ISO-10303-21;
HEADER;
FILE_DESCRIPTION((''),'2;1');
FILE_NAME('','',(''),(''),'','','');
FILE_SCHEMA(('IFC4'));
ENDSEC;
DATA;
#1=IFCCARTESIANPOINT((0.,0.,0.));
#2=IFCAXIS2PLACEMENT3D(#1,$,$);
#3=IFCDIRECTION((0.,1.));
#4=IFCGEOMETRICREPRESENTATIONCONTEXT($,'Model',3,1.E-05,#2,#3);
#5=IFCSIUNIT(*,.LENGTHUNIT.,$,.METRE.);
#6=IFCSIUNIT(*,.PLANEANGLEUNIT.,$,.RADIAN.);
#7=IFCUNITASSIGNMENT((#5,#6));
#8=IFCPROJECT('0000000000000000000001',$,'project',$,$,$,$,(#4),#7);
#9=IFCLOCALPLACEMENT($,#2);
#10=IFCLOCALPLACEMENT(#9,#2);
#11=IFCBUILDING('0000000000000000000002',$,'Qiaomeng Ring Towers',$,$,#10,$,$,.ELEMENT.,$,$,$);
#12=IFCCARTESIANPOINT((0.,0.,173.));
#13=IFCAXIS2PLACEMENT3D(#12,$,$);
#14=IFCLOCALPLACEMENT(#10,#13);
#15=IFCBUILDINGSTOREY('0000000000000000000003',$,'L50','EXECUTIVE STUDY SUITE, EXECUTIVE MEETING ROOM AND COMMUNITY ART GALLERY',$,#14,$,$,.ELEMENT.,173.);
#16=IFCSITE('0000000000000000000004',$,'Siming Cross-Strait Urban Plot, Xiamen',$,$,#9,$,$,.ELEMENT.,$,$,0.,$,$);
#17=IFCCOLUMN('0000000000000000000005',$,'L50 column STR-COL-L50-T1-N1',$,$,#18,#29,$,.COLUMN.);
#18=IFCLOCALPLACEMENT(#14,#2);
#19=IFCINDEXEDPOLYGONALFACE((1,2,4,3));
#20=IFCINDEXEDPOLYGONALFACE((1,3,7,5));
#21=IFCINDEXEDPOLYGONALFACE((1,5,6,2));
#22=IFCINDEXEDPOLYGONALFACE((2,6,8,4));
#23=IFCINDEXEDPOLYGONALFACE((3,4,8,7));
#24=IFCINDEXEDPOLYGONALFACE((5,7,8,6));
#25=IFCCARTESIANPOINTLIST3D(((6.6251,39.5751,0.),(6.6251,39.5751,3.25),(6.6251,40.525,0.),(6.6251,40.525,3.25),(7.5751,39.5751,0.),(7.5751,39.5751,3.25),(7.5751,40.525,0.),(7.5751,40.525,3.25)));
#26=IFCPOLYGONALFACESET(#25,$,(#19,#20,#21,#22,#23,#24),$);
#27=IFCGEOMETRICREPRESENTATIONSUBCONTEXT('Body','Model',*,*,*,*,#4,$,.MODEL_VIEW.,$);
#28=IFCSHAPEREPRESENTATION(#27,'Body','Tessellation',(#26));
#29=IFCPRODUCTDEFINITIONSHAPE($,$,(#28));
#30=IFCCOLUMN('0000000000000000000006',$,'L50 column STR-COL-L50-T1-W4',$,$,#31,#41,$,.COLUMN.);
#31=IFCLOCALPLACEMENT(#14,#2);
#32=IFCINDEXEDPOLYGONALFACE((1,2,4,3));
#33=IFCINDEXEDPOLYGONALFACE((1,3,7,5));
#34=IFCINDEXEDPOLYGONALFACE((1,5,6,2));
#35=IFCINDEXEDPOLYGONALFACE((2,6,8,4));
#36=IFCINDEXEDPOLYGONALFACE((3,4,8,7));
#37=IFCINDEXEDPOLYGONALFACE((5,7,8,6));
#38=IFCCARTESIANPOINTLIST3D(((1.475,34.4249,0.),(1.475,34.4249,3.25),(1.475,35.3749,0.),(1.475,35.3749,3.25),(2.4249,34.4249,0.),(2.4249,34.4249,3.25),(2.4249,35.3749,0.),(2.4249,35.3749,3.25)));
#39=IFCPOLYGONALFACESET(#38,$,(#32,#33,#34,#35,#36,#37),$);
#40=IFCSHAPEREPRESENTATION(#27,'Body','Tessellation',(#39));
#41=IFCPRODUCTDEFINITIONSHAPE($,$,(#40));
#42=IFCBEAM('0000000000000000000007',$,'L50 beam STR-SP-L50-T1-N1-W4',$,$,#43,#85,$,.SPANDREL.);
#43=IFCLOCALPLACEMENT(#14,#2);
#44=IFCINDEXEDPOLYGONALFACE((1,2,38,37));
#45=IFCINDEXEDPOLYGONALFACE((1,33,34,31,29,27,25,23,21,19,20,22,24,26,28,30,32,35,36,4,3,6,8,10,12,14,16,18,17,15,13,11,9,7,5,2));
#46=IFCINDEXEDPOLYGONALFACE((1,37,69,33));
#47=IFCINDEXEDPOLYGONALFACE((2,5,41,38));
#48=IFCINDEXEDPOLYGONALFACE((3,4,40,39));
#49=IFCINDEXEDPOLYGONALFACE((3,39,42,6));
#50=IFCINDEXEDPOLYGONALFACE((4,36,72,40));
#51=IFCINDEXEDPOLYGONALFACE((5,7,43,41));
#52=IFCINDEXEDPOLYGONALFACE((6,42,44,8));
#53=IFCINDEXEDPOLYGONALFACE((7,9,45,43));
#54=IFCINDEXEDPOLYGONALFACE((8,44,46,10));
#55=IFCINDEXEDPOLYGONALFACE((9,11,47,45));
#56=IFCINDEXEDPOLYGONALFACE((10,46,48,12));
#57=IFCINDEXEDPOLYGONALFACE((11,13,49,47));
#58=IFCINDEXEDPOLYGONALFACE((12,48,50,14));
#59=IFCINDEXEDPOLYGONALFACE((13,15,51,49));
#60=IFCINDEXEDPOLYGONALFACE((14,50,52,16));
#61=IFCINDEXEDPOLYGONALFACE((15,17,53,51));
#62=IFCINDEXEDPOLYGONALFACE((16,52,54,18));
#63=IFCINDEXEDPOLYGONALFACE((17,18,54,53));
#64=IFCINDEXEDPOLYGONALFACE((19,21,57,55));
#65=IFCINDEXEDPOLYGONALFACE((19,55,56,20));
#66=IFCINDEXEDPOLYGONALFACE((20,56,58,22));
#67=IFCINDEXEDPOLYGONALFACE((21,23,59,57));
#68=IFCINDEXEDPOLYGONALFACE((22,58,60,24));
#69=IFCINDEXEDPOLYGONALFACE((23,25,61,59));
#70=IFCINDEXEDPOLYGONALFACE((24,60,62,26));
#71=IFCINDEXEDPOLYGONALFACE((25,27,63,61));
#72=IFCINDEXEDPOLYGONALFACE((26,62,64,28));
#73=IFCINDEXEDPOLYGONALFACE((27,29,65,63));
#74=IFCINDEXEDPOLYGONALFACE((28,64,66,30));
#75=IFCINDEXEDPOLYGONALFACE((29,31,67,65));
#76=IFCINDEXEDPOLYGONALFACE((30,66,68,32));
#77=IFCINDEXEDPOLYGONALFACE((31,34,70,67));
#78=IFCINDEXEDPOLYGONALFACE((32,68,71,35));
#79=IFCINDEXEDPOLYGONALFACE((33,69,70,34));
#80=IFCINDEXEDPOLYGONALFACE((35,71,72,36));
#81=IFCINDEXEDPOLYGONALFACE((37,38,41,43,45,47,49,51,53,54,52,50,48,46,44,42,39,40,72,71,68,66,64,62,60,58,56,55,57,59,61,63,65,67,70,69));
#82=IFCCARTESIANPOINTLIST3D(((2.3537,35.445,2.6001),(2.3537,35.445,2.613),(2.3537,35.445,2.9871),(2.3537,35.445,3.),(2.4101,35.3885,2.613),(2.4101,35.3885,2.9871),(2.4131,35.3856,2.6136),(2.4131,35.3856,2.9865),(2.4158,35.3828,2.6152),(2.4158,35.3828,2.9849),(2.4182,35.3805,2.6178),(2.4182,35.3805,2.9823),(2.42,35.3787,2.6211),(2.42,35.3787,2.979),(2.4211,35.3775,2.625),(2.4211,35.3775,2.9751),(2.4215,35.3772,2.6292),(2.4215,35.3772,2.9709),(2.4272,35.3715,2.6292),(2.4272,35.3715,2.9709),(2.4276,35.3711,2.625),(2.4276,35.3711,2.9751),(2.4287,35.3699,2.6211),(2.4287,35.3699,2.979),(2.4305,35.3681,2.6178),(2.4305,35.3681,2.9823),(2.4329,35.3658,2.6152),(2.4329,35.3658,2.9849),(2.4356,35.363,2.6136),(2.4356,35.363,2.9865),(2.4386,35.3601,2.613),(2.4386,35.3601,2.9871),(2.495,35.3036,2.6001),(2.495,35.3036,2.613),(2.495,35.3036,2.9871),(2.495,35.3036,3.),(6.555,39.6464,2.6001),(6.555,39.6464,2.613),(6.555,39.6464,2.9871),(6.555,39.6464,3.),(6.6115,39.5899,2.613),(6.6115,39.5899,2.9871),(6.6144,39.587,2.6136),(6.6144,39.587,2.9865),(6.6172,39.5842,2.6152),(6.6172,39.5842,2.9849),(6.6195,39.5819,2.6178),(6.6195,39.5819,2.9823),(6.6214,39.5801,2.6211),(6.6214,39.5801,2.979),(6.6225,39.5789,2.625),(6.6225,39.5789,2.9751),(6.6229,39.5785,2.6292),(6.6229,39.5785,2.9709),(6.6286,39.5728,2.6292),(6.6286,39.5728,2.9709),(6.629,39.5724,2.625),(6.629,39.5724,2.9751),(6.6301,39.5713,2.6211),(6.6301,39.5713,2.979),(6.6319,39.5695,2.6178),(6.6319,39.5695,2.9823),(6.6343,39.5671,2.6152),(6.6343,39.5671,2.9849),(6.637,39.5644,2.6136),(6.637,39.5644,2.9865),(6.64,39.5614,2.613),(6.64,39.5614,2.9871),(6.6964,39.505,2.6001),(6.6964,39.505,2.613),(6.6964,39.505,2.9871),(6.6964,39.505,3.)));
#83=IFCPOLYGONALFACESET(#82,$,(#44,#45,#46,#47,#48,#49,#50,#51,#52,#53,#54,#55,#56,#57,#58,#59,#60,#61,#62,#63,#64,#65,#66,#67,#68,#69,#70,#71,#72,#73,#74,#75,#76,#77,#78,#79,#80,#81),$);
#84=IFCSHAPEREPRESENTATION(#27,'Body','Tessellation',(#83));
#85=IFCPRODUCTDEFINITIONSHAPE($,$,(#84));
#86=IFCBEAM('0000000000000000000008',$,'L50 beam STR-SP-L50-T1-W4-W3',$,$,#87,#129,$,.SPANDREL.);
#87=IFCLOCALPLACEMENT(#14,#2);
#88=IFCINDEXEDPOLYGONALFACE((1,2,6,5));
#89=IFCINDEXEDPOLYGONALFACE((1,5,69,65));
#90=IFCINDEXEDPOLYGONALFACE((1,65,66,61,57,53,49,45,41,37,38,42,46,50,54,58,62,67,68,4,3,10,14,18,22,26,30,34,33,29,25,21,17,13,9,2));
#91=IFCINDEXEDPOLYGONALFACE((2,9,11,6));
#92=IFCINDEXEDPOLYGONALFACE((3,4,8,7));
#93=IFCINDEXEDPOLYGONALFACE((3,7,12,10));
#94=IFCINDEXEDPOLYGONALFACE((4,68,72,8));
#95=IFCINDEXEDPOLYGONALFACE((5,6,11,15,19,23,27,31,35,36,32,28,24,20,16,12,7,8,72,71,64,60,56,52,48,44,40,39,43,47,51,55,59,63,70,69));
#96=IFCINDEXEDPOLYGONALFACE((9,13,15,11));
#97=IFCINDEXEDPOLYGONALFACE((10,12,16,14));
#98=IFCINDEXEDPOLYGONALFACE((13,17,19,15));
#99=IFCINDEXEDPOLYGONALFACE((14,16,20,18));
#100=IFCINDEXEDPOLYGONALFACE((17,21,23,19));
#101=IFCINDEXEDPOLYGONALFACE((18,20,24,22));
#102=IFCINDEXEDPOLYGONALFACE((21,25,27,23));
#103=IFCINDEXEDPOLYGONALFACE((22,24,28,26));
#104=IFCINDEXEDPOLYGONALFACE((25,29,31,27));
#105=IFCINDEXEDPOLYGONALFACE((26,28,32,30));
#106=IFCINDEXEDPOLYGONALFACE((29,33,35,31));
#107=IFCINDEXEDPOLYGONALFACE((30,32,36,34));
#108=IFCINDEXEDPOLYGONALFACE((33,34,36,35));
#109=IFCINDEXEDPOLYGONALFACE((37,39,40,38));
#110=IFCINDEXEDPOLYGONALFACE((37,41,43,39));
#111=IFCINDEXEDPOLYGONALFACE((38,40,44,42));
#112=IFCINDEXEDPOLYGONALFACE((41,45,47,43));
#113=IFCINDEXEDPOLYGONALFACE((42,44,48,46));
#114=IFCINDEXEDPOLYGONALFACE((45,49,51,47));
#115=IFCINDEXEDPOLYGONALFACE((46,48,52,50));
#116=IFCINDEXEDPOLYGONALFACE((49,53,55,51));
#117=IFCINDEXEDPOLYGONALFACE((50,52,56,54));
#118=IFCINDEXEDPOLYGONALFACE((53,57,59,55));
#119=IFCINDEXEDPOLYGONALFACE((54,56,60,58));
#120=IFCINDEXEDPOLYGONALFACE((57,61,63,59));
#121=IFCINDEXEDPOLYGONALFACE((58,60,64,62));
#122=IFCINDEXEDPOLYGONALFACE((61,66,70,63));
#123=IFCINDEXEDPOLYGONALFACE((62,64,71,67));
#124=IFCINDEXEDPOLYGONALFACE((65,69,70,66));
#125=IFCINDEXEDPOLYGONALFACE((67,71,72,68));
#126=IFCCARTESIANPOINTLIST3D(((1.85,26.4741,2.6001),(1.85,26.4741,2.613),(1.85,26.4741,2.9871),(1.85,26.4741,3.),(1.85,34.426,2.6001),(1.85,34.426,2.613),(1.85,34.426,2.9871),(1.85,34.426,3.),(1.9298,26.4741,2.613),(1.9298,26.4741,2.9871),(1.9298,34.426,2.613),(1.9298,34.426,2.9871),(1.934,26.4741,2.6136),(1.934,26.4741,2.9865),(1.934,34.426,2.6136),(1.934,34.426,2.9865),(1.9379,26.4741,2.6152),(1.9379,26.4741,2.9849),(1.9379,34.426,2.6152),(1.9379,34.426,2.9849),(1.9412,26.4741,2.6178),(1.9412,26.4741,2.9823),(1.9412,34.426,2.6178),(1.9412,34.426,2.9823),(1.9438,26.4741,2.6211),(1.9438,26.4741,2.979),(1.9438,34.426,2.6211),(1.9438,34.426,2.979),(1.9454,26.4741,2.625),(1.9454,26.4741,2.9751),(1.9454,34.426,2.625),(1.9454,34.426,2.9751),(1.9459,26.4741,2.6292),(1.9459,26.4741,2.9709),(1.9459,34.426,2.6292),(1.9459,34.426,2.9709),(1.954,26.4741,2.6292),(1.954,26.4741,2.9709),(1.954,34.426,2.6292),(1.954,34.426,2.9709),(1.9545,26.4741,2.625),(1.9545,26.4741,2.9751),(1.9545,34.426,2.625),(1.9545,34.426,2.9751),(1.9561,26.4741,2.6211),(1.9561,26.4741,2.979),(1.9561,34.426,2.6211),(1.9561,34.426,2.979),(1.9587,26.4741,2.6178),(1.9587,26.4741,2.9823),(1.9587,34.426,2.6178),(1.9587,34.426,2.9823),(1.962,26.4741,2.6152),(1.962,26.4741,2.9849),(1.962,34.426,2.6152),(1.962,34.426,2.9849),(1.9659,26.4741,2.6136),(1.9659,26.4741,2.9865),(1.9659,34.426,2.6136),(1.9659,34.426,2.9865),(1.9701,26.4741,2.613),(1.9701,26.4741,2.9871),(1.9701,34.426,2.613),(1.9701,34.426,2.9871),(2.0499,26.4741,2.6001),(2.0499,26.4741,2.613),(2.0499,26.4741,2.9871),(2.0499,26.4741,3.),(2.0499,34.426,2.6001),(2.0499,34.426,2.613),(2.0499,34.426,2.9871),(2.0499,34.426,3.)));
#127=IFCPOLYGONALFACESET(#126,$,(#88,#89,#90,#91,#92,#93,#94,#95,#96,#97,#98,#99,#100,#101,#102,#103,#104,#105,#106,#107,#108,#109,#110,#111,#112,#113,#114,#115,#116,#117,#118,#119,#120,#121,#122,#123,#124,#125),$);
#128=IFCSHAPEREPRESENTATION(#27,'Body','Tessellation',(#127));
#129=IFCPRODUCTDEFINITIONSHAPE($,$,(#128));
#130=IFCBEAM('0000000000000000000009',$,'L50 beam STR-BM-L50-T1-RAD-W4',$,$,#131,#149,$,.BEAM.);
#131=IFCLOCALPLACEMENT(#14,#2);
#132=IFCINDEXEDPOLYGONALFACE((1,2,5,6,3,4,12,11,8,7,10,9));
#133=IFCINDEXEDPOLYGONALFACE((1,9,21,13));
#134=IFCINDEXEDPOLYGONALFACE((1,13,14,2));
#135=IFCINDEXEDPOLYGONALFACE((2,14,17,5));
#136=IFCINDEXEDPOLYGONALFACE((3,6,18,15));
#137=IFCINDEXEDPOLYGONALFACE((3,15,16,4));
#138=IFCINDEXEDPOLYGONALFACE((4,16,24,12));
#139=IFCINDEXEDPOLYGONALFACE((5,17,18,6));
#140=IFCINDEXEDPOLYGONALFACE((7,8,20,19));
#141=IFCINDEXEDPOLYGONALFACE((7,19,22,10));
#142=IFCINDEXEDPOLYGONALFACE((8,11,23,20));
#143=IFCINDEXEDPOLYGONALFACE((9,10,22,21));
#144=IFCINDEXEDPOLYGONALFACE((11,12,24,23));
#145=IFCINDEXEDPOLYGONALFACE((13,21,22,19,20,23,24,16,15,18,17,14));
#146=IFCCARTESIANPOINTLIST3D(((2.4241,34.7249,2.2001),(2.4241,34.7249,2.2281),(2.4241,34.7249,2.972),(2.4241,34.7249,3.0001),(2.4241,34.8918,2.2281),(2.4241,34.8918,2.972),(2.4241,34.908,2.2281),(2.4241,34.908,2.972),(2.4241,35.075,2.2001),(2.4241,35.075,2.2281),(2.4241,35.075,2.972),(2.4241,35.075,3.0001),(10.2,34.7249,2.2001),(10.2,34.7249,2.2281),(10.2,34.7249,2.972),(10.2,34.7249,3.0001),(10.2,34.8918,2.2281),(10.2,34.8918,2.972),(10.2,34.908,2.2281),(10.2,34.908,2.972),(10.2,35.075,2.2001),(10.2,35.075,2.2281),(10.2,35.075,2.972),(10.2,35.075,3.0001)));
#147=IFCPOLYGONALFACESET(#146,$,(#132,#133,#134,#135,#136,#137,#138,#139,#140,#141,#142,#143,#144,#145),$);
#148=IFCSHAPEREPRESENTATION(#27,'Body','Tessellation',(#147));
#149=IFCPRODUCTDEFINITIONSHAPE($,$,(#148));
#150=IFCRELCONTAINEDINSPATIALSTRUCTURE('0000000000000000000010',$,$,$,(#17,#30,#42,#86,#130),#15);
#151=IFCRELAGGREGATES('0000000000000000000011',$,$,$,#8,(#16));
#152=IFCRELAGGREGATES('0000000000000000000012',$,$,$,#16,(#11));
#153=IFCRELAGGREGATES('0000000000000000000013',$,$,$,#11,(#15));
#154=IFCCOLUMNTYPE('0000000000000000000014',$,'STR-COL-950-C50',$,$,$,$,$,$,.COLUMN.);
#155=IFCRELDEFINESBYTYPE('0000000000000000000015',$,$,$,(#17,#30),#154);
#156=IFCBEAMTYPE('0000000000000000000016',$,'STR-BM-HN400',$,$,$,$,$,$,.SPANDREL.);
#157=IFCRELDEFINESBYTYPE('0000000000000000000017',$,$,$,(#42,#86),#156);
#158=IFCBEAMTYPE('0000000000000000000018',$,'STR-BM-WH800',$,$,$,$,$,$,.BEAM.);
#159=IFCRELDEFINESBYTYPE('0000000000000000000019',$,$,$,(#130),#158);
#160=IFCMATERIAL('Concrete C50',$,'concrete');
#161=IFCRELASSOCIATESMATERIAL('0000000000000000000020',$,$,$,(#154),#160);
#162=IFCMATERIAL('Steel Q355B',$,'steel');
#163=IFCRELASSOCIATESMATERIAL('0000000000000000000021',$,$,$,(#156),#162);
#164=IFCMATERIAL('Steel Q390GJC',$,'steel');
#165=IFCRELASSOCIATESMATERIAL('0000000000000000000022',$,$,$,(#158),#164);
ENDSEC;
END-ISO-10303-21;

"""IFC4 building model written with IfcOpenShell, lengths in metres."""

from ifc_helpers import new_model, si_unit, direction, frame, origin, origin_2d, place, context, subcontext, project, spatial, rectangle, i_section, extrude, source, transform, mapped, material, material_profile, profile_set, type_object, element, save


model = new_model("IFC4")

# Units and contexts
model_context = context("Model", 3, precision=1e-05, world=origin(), true_north=direction((0.0, 1.0)))
body_context = subcontext(model_context, "Body", "Model", "MODEL_VIEW")
ifc_project = project(units=[si_unit("LENGTHUNIT", "METRE"), si_unit("PLANEANGLEUNIT", "RADIAN")], contexts=[model_context])

# Site, building, storey
site_placement = place(None, origin())
site = spatial("IfcSite", under=ifc_project, at=site_placement, Name="Siming Cross-Strait Urban Plot, Xiamen", CompositionType="ELEMENT", RefElevation=0.0)
building_placement = place(site_placement, origin())
building = spatial("IfcBuilding", under=site, at=building_placement, Name="Qiaomeng Ring Towers", CompositionType="ELEMENT")
storey_placement = place(building_placement, frame((0.0, 0.0, 173.0)))
storey = spatial("IfcBuildingStorey", under=building, at=storey_placement, Name="L50", Description="EXECUTIVE STUDY SUITE, EXECUTIVE MEETING ROOM AND COMMUNITY ART GALLERY", CompositionType="ELEMENT", Elevation=173.0)

# Columns
ifc_material_1 = material(Name="Concrete C50", Category="concrete")
ifc_material_profile_1 = material_profile(ifc_material_1, rectangle(XDim=0.95, YDim=0.95, at=origin_2d()), Name="RC COL 950x950")
ifc_profile_set_1 = profile_set([ifc_material_profile_1], Name="Concrete C50")
column_type = type_object("IfcColumnType", Name="STR-COL-950-C50", PredefinedType="COLUMN", material=ifc_profile_set_1)
shared_shape_1 = source(origin(), body_context, "Body", "SweptSolid", [
    extrude(rectangle(XDim=0.95, YDim=0.95, at=origin_2d()), origin(), (0.0, 0.0, 1.0), 3.25),
])
for number, where, z_axis, x_axis, name in (
    (1, (7.1001, 40.05, 0.0), (0.0, 0.0, 1.0), (1.0, 0.0, 0.0), "L50 column STR-COL-L50-T1-N1"),
    (2, (1.95, 34.8999, 0.0), (0.0, 0.0, 1.0), (1.0, 0.0, 0.0), "L50 column STR-COL-L50-T1-W4"),
):
    element("IfcColumn", number, at=place(storey_placement, frame(where, z_axis=z_axis, x_axis=x_axis)), inside=storey, type_object=column_type, Name=name, PredefinedType="COLUMN", context=body_context, shape_type="MappedRepresentation", body=[
        mapped(shared_shape_1, transform((0.0, 0.0, 0.0), x_axis=(1.0, 0.0, 0.0), y_axis=(0.0, 1.0, 0.0), z_axis=(0.0, 0.0, 1.0), scale=1.0)),
    ])

# Beams
ifc_material_2 = material(Name="Steel Q355B", Category="steel")
ifc_material_profile_2 = material_profile(ifc_material_2, i_section(OverallWidth=0.2, OverallDepth=0.3999, WebThickness=0.0081, FlangeThickness=0.0129, FilletRadius=0.0161, at=origin_2d()), Name="HN 400x200x8x13")
ifc_profile_set_2 = profile_set([ifc_material_profile_2], Name="Steel Q355B")
beam_type_1 = type_object("IfcBeamType", Name="STR-BM-HN400", PredefinedType="SPANDREL", material=ifc_profile_set_2)
shared_shape_2 = source(origin(), body_context, "Body", "SweptSolid", [
    extrude(i_section(OverallWidth=0.2, OverallDepth=0.3999, WebThickness=0.0081, FlangeThickness=0.0129, FilletRadius=0.0161, at=origin_2d()), origin(), (0.0, 0.0, 1.0), 5.9417),
])
beam_1_placement = place(storey_placement, frame((6.6257, 39.5757, 2.8), z_axis=(-0.707107, -0.707107, 0.0), x_axis=(0.707107, -0.707107, 0.0)))
element("IfcBeam", 3, at=beam_1_placement, inside=storey, type_object=beam_type_1, Name="L50 beam STR-SP-L50-T1-N1-W4", PredefinedType="SPANDREL", context=body_context, shape_type="MappedRepresentation", body=[
    mapped(shared_shape_2, transform((0.0, 0.0, 0.0), x_axis=(1.0, 0.0, 0.0), y_axis=(0.0, 1.0, 0.0), z_axis=(0.0, 0.0, 1.0), scale=1.0)),
])
shared_shape_3 = source(origin(), body_context, "Body", "SweptSolid", [
    extrude(i_section(OverallWidth=0.2, OverallDepth=0.3999, WebThickness=0.0081, FlangeThickness=0.0129, FilletRadius=0.0161, at=origin_2d()), origin(), (0.0, 0.0, 1.0), 7.9519),
])
beam_2_placement = place(storey_placement, frame((1.95, 34.426, 2.8), z_axis=(0.0, -1.0, 0.0), x_axis=(1.0, 0.0, 0.0)))
element("IfcBeam", 4, at=beam_2_placement, inside=storey, type_object=beam_type_1, Name="L50 beam STR-SP-L50-T1-W4-W3", PredefinedType="SPANDREL", context=body_context, shape_type="MappedRepresentation", body=[
    mapped(shared_shape_3, transform((0.0, 0.0, 0.0), x_axis=(1.0, 0.0, 0.0), y_axis=(0.0, 1.0, 0.0), z_axis=(0.0, 0.0, 1.0), scale=1.0)),
])
ifc_material_3 = material(Name="Steel Q390GJC", Category="steel")
ifc_material_profile_3 = material_profile(ifc_material_3, i_section(OverallWidth=0.3501, OverallDepth=0.8, WebThickness=0.0161, FlangeThickness=0.0281, at=origin_2d()), Name="WH 800x350x16x28")
ifc_profile_set_3 = profile_set([ifc_material_profile_3], Name="Steel Q390GJC")
beam_type_2 = type_object("IfcBeamType", Name="STR-BM-WH800", PredefinedType="BEAM", material=ifc_profile_set_3)
shared_shape_4 = source(origin(), body_context, "Body", "SweptSolid", [
    extrude(i_section(OverallWidth=0.3501, OverallDepth=0.8, WebThickness=0.0161, FlangeThickness=0.0281, at=origin_2d()), origin(), (0.0, 0.0, 1.0), 7.7759),
])
beam_3_placement = place(storey_placement, frame((2.4241, 34.8999, 2.6001), z_axis=(1.0, 0.0, 0.0), x_axis=(0.0, 1.0, 0.0)))
element("IfcBeam", 5, at=beam_3_placement, inside=storey, type_object=beam_type_2, Name="L50 beam STR-BM-L50-T1-RAD-W4", PredefinedType="BEAM", context=body_context, shape_type="MappedRepresentation", body=[
    mapped(shared_shape_4, transform((0.0, 0.0, 0.0), x_axis=(1.0, 0.0, 0.0), y_axis=(0.0, 1.0, 0.0), z_axis=(0.0, 0.0, 1.0), scale=1.0)),
])

save(model, "model.ifc")
